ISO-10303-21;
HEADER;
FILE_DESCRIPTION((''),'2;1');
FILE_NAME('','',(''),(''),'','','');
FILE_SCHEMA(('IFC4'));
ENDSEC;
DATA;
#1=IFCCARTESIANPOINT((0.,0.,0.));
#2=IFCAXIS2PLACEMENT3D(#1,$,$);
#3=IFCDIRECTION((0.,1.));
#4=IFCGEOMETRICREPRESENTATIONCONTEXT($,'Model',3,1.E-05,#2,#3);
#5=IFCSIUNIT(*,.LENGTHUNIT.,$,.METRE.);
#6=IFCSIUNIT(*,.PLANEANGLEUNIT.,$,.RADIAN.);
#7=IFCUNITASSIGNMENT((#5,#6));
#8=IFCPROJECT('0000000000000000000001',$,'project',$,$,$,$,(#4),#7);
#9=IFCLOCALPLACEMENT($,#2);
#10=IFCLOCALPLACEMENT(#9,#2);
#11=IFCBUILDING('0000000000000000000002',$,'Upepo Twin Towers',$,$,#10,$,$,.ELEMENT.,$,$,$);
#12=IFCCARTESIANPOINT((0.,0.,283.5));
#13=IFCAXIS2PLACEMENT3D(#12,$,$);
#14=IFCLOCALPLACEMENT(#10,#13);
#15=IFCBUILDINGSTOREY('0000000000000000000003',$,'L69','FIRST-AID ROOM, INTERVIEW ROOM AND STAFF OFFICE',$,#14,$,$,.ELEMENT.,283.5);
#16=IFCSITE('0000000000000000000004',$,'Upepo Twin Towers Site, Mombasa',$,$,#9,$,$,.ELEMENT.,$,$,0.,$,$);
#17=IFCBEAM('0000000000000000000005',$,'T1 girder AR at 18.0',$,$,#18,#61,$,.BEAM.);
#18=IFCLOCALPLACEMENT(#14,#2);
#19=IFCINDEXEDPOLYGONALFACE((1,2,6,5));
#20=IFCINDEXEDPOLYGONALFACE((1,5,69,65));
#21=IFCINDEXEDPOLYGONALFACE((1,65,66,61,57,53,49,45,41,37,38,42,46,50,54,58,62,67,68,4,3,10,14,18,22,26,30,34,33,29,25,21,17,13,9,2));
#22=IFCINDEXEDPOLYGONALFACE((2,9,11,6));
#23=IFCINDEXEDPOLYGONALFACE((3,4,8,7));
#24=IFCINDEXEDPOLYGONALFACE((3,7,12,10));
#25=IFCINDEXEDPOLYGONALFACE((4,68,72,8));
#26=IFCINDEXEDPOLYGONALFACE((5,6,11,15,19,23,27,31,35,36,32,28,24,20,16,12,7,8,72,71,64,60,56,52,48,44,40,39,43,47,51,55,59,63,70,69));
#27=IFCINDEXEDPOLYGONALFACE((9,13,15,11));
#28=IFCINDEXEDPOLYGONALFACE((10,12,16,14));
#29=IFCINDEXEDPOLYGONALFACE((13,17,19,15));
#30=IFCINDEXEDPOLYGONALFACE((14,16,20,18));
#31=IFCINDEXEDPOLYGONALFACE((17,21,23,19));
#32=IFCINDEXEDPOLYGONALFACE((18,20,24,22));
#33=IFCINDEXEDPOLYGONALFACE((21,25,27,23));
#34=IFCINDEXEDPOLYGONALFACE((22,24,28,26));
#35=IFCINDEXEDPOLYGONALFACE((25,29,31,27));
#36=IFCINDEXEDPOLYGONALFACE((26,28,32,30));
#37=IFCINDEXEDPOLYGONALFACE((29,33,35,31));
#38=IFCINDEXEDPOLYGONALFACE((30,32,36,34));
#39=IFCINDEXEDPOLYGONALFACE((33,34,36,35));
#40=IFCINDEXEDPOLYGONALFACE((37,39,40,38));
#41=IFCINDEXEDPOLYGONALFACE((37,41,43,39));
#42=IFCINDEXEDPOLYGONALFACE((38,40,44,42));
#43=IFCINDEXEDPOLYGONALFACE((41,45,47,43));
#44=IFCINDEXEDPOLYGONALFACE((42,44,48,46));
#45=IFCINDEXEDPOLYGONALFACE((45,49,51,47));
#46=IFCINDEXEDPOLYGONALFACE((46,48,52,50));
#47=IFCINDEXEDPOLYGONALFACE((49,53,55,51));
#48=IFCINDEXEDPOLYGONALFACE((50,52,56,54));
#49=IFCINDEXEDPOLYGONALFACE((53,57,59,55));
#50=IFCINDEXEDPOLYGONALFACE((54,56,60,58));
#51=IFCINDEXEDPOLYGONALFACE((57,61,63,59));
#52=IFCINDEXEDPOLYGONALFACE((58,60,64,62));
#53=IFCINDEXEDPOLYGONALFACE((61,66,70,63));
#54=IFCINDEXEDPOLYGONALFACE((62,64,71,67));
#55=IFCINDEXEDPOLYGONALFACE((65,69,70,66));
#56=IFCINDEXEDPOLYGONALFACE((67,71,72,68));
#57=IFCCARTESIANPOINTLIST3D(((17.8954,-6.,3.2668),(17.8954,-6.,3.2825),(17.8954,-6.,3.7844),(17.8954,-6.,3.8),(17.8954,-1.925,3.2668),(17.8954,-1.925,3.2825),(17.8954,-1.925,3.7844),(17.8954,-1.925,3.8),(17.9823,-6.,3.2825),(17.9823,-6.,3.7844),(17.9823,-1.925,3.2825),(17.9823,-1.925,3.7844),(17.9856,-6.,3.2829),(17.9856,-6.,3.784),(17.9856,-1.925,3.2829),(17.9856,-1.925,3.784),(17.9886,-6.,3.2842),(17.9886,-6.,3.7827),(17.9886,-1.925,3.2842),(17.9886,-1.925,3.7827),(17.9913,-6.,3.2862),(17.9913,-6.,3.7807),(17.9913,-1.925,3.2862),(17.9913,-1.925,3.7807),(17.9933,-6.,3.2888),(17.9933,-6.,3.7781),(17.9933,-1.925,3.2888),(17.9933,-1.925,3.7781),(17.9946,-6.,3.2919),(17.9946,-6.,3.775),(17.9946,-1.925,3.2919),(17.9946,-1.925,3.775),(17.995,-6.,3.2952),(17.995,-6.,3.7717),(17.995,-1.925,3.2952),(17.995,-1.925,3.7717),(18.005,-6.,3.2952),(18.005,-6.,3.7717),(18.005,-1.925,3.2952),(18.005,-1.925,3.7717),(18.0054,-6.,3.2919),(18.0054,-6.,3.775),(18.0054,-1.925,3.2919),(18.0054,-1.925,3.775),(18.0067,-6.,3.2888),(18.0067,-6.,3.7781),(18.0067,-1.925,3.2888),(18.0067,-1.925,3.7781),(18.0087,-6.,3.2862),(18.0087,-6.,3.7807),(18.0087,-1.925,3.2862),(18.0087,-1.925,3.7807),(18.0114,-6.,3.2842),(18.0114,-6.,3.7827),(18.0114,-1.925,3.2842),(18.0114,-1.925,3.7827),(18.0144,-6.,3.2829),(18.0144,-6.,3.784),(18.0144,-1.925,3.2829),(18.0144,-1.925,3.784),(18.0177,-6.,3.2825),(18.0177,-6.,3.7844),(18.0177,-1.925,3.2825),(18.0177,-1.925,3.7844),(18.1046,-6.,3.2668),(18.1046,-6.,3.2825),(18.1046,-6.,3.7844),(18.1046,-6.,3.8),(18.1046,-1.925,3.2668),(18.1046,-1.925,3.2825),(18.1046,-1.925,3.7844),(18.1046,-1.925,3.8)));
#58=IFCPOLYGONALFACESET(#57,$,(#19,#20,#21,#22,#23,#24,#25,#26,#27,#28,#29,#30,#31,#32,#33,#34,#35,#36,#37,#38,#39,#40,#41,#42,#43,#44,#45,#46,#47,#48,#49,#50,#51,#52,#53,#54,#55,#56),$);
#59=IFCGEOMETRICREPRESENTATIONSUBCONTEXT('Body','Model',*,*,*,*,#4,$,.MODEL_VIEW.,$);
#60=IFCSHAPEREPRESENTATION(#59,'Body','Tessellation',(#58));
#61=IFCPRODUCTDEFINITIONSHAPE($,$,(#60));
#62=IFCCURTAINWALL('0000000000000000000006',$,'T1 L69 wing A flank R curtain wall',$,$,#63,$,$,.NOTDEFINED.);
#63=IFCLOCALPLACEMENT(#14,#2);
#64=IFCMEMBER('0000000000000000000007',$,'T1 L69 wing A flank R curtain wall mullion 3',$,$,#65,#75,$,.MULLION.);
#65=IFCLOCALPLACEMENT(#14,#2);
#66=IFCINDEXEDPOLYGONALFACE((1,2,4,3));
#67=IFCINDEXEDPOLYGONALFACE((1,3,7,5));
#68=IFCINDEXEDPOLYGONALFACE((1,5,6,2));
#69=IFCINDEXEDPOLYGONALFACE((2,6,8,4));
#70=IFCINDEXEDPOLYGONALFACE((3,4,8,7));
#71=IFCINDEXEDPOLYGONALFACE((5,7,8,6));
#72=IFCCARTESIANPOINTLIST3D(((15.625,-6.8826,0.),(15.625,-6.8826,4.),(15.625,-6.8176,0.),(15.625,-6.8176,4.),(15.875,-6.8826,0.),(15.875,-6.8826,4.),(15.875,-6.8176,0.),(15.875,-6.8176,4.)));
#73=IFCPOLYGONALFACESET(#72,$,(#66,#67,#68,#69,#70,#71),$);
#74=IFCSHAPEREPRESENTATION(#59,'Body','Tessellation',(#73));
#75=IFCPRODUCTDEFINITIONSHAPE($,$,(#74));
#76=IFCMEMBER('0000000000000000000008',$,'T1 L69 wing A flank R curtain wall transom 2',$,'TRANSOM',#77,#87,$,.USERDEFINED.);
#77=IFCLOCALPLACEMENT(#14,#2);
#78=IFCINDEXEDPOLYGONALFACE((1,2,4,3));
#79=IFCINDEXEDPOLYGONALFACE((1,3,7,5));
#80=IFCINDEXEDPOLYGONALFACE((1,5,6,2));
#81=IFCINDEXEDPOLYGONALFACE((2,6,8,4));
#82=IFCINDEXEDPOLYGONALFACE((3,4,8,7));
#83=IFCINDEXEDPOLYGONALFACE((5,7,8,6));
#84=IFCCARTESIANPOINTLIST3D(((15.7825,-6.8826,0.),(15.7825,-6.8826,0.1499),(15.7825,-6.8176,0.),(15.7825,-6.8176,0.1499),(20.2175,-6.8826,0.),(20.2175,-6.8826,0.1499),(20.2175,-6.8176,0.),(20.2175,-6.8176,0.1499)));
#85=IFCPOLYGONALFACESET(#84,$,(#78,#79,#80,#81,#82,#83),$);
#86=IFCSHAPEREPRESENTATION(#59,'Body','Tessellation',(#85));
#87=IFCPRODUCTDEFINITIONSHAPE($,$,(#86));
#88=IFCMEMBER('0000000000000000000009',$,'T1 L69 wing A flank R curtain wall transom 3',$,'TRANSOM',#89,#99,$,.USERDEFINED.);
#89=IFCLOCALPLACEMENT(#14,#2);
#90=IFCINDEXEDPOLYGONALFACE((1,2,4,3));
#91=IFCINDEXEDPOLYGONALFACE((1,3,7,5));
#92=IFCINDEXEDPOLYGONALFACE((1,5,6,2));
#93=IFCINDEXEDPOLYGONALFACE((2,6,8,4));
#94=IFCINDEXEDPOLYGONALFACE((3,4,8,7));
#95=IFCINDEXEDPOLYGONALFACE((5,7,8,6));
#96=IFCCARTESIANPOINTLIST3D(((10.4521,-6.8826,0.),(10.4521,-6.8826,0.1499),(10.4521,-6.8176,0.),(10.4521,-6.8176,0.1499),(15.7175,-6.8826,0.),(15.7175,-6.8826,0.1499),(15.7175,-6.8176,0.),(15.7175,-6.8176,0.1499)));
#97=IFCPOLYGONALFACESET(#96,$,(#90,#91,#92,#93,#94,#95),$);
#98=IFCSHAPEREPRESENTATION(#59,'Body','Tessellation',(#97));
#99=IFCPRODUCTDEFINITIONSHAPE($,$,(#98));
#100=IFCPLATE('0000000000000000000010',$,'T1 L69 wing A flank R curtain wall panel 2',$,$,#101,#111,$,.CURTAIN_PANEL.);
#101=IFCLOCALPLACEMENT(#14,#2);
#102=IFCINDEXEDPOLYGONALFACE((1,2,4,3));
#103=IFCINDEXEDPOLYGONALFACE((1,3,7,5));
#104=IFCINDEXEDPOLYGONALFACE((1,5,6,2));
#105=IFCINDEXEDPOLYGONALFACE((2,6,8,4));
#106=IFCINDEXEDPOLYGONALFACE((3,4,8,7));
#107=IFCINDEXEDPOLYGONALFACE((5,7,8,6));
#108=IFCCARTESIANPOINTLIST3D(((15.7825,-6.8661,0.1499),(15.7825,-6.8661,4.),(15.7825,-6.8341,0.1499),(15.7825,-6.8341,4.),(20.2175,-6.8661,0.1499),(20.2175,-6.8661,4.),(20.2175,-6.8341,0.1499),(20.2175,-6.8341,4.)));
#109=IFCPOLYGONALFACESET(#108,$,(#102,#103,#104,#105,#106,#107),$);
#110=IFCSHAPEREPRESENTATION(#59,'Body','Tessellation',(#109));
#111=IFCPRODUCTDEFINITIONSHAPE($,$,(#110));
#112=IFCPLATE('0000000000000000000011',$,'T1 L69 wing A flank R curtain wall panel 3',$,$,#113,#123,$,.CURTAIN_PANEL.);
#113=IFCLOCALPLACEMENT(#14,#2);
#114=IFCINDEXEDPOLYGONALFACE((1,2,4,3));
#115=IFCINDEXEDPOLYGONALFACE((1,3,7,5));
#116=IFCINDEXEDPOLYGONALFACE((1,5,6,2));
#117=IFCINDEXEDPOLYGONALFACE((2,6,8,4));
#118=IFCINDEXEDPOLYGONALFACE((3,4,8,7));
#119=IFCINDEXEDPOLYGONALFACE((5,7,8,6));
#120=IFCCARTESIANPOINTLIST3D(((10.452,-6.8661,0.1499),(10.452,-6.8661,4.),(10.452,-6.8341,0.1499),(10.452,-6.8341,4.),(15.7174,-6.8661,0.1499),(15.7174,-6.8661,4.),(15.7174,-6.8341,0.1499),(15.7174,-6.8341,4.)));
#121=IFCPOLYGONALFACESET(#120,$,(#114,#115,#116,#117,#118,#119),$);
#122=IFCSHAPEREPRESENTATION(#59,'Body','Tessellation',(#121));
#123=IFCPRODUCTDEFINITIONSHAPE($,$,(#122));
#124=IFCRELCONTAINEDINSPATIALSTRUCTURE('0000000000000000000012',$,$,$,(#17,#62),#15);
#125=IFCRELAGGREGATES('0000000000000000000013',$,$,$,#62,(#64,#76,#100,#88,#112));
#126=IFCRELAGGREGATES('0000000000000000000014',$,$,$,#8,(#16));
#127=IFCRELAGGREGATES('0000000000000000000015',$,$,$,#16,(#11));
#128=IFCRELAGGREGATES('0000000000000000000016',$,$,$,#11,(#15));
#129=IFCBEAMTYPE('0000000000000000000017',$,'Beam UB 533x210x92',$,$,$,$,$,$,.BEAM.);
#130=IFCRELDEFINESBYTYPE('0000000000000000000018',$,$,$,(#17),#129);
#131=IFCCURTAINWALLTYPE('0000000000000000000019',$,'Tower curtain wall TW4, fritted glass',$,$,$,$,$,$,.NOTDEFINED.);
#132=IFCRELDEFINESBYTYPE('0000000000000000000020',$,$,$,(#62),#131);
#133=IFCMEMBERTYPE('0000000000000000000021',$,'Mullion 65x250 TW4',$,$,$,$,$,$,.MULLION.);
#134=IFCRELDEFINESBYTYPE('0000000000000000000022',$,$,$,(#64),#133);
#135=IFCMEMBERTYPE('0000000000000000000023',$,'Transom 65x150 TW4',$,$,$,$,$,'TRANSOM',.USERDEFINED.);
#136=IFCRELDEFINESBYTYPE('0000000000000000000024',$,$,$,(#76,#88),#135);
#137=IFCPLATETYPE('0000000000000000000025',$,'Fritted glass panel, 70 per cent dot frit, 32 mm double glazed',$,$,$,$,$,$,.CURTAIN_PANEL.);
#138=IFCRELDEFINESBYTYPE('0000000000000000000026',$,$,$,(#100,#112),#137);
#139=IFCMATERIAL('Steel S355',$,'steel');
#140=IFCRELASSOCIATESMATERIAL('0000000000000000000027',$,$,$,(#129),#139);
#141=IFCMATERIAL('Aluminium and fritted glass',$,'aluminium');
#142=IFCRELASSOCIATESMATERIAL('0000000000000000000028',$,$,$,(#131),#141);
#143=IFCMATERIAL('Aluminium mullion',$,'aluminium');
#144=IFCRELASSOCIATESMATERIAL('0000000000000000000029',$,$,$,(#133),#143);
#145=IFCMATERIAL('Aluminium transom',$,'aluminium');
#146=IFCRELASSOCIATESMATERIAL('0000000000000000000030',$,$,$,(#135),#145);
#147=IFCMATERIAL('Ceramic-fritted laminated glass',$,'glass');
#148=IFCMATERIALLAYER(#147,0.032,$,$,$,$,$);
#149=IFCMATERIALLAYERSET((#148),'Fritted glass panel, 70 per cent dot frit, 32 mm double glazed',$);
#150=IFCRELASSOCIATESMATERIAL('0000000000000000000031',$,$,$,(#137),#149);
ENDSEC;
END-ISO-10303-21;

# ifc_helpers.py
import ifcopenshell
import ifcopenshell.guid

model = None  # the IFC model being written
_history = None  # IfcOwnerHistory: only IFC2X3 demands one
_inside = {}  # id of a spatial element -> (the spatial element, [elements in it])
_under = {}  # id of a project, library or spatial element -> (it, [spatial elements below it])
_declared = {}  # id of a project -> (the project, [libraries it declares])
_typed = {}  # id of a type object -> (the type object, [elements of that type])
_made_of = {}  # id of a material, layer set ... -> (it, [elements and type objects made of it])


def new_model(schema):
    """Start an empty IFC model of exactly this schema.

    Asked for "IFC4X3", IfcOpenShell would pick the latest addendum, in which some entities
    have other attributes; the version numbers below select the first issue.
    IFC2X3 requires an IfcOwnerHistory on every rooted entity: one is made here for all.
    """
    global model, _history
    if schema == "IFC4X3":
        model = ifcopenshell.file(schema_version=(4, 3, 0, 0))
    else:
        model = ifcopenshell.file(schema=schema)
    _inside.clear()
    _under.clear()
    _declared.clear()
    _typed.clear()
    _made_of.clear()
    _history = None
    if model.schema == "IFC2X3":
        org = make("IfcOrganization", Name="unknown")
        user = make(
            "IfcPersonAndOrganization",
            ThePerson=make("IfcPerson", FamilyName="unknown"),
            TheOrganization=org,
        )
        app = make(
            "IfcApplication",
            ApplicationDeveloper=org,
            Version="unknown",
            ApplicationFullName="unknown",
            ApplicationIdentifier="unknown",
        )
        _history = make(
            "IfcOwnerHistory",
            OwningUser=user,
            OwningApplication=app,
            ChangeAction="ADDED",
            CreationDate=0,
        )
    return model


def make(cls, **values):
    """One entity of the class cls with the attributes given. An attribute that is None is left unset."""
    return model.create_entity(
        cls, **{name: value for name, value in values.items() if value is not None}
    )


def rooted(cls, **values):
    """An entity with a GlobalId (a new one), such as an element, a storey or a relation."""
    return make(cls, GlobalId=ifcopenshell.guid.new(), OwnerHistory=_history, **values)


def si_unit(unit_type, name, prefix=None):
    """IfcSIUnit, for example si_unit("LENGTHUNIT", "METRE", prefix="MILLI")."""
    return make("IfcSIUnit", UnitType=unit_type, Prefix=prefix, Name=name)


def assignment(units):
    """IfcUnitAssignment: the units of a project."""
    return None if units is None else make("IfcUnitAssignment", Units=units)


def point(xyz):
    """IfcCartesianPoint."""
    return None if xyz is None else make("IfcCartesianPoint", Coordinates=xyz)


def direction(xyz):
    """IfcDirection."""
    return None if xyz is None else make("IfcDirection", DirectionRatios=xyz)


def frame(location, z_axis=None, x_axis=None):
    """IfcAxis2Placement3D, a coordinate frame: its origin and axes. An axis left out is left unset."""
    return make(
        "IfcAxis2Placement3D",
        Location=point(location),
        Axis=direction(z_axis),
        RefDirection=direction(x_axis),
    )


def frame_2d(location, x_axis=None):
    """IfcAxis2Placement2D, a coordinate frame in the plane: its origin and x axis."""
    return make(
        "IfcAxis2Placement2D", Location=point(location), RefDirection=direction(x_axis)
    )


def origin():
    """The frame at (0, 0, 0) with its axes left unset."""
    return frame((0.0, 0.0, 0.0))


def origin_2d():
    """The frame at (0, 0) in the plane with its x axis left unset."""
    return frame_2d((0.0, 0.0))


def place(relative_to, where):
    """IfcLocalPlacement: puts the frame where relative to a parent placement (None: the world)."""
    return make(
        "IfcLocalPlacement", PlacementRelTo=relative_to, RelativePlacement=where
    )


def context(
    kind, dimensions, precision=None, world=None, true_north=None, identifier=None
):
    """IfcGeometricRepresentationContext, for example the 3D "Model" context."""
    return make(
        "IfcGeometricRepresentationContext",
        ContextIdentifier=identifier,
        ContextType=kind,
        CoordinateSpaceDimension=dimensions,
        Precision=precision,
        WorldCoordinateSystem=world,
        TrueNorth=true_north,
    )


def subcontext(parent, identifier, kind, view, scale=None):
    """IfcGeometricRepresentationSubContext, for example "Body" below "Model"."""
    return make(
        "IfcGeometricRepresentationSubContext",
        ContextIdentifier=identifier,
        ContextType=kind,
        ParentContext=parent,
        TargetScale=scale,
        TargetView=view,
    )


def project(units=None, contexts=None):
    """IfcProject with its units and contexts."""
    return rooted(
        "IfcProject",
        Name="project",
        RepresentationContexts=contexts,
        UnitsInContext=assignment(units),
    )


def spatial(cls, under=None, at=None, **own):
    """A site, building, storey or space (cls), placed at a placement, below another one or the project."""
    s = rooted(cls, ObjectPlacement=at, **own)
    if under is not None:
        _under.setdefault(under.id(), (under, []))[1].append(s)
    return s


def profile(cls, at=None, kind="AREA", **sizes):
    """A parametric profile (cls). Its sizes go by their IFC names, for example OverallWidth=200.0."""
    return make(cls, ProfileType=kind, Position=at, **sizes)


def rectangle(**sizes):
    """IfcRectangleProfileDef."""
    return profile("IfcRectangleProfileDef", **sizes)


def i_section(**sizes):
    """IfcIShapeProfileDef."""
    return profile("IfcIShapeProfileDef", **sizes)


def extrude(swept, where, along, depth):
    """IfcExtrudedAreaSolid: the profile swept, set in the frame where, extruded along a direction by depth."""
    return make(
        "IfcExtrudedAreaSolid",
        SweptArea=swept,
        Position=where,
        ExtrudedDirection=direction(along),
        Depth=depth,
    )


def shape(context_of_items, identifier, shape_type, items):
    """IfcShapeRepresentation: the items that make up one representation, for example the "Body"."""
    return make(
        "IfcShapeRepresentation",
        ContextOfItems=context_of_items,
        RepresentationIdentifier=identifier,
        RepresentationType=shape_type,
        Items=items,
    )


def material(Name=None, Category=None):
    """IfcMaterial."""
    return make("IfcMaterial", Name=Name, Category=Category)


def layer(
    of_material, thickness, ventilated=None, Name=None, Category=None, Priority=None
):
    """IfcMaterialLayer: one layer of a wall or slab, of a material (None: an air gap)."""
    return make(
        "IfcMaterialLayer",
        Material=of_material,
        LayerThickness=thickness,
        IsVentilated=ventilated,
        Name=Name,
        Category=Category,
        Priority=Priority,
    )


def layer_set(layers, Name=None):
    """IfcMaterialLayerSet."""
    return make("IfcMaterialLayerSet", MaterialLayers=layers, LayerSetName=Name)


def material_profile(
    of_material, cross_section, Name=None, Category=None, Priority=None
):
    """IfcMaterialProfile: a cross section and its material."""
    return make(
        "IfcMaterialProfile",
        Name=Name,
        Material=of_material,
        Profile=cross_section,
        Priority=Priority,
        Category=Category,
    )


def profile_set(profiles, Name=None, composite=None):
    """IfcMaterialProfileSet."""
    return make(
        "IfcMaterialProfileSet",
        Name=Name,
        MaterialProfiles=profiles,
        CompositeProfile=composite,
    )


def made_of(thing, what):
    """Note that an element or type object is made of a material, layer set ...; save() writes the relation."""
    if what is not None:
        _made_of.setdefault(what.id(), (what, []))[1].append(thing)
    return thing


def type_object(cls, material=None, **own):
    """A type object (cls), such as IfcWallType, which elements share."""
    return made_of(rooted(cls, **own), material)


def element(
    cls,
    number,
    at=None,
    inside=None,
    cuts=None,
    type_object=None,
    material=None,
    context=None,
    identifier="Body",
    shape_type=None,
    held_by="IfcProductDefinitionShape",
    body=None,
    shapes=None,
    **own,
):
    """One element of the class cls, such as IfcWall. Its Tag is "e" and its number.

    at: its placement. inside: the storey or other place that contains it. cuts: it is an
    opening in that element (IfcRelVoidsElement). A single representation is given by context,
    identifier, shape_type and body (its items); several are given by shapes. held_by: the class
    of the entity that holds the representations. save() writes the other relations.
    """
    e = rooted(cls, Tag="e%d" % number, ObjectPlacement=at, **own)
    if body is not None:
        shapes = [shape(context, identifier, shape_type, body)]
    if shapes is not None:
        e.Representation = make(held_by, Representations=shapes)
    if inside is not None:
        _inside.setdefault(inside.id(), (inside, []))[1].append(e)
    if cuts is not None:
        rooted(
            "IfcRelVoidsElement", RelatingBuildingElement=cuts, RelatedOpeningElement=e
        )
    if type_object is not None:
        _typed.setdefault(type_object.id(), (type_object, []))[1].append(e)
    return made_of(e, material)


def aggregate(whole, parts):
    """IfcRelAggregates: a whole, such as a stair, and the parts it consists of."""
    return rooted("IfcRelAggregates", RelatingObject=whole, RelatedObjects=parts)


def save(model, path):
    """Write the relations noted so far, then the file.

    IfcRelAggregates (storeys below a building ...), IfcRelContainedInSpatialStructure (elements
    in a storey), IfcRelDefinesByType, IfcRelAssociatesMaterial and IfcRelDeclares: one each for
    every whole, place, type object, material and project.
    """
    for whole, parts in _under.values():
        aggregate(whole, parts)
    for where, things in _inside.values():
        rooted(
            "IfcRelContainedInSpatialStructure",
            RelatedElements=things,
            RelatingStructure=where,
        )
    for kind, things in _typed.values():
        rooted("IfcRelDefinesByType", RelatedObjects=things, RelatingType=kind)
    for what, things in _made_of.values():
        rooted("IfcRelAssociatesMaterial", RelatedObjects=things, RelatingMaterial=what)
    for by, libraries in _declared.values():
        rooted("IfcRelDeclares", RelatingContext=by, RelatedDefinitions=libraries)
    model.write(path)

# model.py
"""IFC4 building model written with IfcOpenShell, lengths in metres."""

from ifc_helpers import new_model, si_unit, direction, frame, origin, origin_2d, place, context, subcontext, project, spatial, rectangle, i_section, extrude, material, layer, layer_set, material_profile, profile_set, type_object, element, aggregate, save


model = new_model("IFC4")

# Units and contexts
model_context = context("Model", 3, precision=1e-05, world=origin(), true_north=direction((0.0, 1.0)))
body_context = subcontext(model_context, "Body", "Model", "MODEL_VIEW")
ifc_project = project(units=[si_unit("LENGTHUNIT", "METRE"), si_unit("PLANEANGLEUNIT", "RADIAN")], contexts=[model_context])

# Site, building, storey
site_placement = place(None, origin())
site = spatial("IfcSite", under=ifc_project, at=site_placement, Name="Upepo Twin Towers Site, Mombasa", CompositionType="ELEMENT", RefElevation=0.0)
building_placement = place(site_placement, origin())
building = spatial("IfcBuilding", under=site, at=building_placement, Name="Upepo Twin Towers", CompositionType="ELEMENT")
storey_placement = place(building_placement, frame((0.0, 0.0, 283.5)))
storey = spatial("IfcBuildingStorey", under=building, at=storey_placement, Name="L69", Description="FIRST-AID ROOM, INTERVIEW ROOM AND STAFF OFFICE", CompositionType="ELEMENT", Elevation=283.5)

# Beam
ifc_material_1 = material(Name="Steel S355", Category="steel")
ifc_material_profile_1 = material_profile(ifc_material_1, i_section(OverallWidth=0.2092, OverallDepth=0.5332, WebThickness=0.01, FlangeThickness=0.0156, FilletRadius=0.0127, at=origin_2d()), Name="UB 533x210x92")
ifc_profile_set_1 = profile_set([ifc_material_profile_1], Name="Steel S355")
beam_type_1 = type_object("IfcBeamType", Name="Beam UB 533x210x92", PredefinedType="BEAM", material=ifc_profile_set_1)
for number, where, z_axis, x_axis, name in (
    (1, (18.0, -6.0, 3.5334), (0.0, 1.0, 0.0), (-1.0, 0.0, 0.0), "T1 girder AR at 18.0"),
):
    element("IfcBeam", number, at=place(storey_placement, frame(where, z_axis=z_axis, x_axis=x_axis)), inside=storey, type_object=beam_type_1, Name=name, PredefinedType="BEAM", context=body_context, shape_type="SweptSolid", body=[
        extrude(i_section(OverallWidth=0.2092, OverallDepth=0.5332, WebThickness=0.01, FlangeThickness=0.0156, FilletRadius=0.0127, at=origin_2d()), origin(), (0.0, 0.0, 1.0), 4.075),
    ])

# Curtain wall, members, plates
ifc_material_2 = material(Name="Aluminium and fritted glass", Category="aluminium")
curtain_wall_type = type_object("IfcCurtainWallType", Name="Tower curtain wall TW4, fritted glass", PredefinedType="NOTDEFINED", material=ifc_material_2)
curtain_wall_placement = place(storey_placement, origin())
curtain_wall = element("IfcCurtainWall", 2, at=curtain_wall_placement, inside=storey, type_object=curtain_wall_type, Name="T1 L69 wing A flank R curtain wall", PredefinedType="NOTDEFINED")
ifc_material_3 = material(Name="Aluminium mullion", Category="aluminium")
ifc_material_profile_2 = material_profile(ifc_material_3, rectangle(XDim=0.0649, YDim=0.25, at=origin_2d()), Name="MULLION 65x250")
ifc_profile_set_2 = profile_set([ifc_material_profile_2], Name="Aluminium mullion")
member_type_1 = type_object("IfcMemberType", Name="Mullion 65x250 TW4", PredefinedType="MULLION", material=ifc_profile_set_2)
member_1_placement = place(storey_placement, frame((15.75, -6.8501, 0.0), z_axis=(0.0, 0.0, 1.0), x_axis=(0.0, -1.0, 0.0)))
member_1 = element("IfcMember", 3, at=member_1_placement, type_object=member_type_1, Name="T1 L69 wing A flank R curtain wall mullion 3", PredefinedType="MULLION", context=body_context, shape_type="SweptSolid", body=[
    extrude(rectangle(XDim=0.0649, YDim=0.25, at=origin_2d()), origin(), (0.0, 0.0, 1.0), 4.0),
])
ifc_material_4 = material(Name="Aluminium transom", Category="aluminium")
ifc_material_profile_3 = material_profile(ifc_material_4, rectangle(XDim=0.0649, YDim=0.1499, at=origin_2d()), Name="TRANSOM 65x150")
ifc_profile_set_3 = profile_set([ifc_material_profile_3], Name="Aluminium transom")
member_type_2 = type_object("IfcMemberType", Name="Transom 65x150 TW4", ElementType="TRANSOM", PredefinedType="USERDEFINED", material=ifc_profile_set_3)
member_2_placement = place(storey_placement, frame((20.2175, -6.8501, 0.075), z_axis=(-1.0, 0.0, 0.0), x_axis=(0.0, -1.0, 0.0)))
member_2 = element("IfcMember", 4, at=member_2_placement, type_object=member_type_2, Name="T1 L69 wing A flank R curtain wall transom 2", ObjectType="TRANSOM", PredefinedType="USERDEFINED", context=body_context, shape_type="SweptSolid", body=[
    extrude(rectangle(XDim=0.0649, YDim=0.1499, at=origin_2d()), origin(), (0.0, 0.0, 1.0), 4.4351),
])
member_3_placement = place(storey_placement, frame((15.7175, -6.8501, 0.075), z_axis=(-1.0, 0.0, 0.0), x_axis=(0.0, -1.0, 0.0)))
member_3 = element("IfcMember", 5, at=member_3_placement, type_object=member_type_2, Name="T1 L69 wing A flank R curtain wall transom 3", ObjectType="TRANSOM", PredefinedType="USERDEFINED", context=body_context, shape_type="SweptSolid", body=[
    extrude(rectangle(XDim=0.0649, YDim=0.1499, at=origin_2d()), origin(), (0.0, 0.0, 1.0), 5.2654),
])
ifc_material_5 = material(Name="Ceramic-fritted laminated glass", Category="glass")
ifc_layer_1 = layer(ifc_material_5, 0.032)
ifc_layer_set_1 = layer_set([ifc_layer_1], Name="Fritted glass panel, 70 per cent dot frit, 32 mm double glazed")
plate_type = type_object("IfcPlateType", Name="Fritted glass panel, 70 per cent dot frit, 32 mm double glazed", PredefinedType="CURTAIN_PANEL", material=ifc_layer_set_1)
plate_1_placement = place(storey_placement, frame((18.0, -6.8501, 0.1499), z_axis=(0.0, 0.0, 1.0), x_axis=(-1.0, 0.0, 0.0)))
plate_1 = element("IfcPlate", 6, at=plate_1_placement, type_object=plate_type, Name="T1 L69 wing A flank R curtain wall panel 2", PredefinedType="CURTAIN_PANEL", context=body_context, shape_type="SweptSolid", body=[
    extrude(rectangle(XDim=4.4351, YDim=0.032, at=origin_2d()), origin(), (0.0, 0.0, 1.0), 3.8501),
])
plate_2_placement = place(storey_placement, frame((13.0847, -6.8501, 0.1499), z_axis=(0.0, 0.0, 1.0), x_axis=(-1.0, 0.0, 0.0)))
plate_2 = element("IfcPlate", 7, at=plate_2_placement, type_object=plate_type, Name="T1 L69 wing A flank R curtain wall panel 3", PredefinedType="CURTAIN_PANEL", context=body_context, shape_type="SweptSolid", body=[
    extrude(rectangle(XDim=5.2654, YDim=0.032, at=origin_2d()), origin(), (0.0, 0.0, 1.0), 3.8501),
])
aggregate(curtain_wall, [member_1, member_2, plate_1, member_3, plate_2])

save(model, "model.ifc")
